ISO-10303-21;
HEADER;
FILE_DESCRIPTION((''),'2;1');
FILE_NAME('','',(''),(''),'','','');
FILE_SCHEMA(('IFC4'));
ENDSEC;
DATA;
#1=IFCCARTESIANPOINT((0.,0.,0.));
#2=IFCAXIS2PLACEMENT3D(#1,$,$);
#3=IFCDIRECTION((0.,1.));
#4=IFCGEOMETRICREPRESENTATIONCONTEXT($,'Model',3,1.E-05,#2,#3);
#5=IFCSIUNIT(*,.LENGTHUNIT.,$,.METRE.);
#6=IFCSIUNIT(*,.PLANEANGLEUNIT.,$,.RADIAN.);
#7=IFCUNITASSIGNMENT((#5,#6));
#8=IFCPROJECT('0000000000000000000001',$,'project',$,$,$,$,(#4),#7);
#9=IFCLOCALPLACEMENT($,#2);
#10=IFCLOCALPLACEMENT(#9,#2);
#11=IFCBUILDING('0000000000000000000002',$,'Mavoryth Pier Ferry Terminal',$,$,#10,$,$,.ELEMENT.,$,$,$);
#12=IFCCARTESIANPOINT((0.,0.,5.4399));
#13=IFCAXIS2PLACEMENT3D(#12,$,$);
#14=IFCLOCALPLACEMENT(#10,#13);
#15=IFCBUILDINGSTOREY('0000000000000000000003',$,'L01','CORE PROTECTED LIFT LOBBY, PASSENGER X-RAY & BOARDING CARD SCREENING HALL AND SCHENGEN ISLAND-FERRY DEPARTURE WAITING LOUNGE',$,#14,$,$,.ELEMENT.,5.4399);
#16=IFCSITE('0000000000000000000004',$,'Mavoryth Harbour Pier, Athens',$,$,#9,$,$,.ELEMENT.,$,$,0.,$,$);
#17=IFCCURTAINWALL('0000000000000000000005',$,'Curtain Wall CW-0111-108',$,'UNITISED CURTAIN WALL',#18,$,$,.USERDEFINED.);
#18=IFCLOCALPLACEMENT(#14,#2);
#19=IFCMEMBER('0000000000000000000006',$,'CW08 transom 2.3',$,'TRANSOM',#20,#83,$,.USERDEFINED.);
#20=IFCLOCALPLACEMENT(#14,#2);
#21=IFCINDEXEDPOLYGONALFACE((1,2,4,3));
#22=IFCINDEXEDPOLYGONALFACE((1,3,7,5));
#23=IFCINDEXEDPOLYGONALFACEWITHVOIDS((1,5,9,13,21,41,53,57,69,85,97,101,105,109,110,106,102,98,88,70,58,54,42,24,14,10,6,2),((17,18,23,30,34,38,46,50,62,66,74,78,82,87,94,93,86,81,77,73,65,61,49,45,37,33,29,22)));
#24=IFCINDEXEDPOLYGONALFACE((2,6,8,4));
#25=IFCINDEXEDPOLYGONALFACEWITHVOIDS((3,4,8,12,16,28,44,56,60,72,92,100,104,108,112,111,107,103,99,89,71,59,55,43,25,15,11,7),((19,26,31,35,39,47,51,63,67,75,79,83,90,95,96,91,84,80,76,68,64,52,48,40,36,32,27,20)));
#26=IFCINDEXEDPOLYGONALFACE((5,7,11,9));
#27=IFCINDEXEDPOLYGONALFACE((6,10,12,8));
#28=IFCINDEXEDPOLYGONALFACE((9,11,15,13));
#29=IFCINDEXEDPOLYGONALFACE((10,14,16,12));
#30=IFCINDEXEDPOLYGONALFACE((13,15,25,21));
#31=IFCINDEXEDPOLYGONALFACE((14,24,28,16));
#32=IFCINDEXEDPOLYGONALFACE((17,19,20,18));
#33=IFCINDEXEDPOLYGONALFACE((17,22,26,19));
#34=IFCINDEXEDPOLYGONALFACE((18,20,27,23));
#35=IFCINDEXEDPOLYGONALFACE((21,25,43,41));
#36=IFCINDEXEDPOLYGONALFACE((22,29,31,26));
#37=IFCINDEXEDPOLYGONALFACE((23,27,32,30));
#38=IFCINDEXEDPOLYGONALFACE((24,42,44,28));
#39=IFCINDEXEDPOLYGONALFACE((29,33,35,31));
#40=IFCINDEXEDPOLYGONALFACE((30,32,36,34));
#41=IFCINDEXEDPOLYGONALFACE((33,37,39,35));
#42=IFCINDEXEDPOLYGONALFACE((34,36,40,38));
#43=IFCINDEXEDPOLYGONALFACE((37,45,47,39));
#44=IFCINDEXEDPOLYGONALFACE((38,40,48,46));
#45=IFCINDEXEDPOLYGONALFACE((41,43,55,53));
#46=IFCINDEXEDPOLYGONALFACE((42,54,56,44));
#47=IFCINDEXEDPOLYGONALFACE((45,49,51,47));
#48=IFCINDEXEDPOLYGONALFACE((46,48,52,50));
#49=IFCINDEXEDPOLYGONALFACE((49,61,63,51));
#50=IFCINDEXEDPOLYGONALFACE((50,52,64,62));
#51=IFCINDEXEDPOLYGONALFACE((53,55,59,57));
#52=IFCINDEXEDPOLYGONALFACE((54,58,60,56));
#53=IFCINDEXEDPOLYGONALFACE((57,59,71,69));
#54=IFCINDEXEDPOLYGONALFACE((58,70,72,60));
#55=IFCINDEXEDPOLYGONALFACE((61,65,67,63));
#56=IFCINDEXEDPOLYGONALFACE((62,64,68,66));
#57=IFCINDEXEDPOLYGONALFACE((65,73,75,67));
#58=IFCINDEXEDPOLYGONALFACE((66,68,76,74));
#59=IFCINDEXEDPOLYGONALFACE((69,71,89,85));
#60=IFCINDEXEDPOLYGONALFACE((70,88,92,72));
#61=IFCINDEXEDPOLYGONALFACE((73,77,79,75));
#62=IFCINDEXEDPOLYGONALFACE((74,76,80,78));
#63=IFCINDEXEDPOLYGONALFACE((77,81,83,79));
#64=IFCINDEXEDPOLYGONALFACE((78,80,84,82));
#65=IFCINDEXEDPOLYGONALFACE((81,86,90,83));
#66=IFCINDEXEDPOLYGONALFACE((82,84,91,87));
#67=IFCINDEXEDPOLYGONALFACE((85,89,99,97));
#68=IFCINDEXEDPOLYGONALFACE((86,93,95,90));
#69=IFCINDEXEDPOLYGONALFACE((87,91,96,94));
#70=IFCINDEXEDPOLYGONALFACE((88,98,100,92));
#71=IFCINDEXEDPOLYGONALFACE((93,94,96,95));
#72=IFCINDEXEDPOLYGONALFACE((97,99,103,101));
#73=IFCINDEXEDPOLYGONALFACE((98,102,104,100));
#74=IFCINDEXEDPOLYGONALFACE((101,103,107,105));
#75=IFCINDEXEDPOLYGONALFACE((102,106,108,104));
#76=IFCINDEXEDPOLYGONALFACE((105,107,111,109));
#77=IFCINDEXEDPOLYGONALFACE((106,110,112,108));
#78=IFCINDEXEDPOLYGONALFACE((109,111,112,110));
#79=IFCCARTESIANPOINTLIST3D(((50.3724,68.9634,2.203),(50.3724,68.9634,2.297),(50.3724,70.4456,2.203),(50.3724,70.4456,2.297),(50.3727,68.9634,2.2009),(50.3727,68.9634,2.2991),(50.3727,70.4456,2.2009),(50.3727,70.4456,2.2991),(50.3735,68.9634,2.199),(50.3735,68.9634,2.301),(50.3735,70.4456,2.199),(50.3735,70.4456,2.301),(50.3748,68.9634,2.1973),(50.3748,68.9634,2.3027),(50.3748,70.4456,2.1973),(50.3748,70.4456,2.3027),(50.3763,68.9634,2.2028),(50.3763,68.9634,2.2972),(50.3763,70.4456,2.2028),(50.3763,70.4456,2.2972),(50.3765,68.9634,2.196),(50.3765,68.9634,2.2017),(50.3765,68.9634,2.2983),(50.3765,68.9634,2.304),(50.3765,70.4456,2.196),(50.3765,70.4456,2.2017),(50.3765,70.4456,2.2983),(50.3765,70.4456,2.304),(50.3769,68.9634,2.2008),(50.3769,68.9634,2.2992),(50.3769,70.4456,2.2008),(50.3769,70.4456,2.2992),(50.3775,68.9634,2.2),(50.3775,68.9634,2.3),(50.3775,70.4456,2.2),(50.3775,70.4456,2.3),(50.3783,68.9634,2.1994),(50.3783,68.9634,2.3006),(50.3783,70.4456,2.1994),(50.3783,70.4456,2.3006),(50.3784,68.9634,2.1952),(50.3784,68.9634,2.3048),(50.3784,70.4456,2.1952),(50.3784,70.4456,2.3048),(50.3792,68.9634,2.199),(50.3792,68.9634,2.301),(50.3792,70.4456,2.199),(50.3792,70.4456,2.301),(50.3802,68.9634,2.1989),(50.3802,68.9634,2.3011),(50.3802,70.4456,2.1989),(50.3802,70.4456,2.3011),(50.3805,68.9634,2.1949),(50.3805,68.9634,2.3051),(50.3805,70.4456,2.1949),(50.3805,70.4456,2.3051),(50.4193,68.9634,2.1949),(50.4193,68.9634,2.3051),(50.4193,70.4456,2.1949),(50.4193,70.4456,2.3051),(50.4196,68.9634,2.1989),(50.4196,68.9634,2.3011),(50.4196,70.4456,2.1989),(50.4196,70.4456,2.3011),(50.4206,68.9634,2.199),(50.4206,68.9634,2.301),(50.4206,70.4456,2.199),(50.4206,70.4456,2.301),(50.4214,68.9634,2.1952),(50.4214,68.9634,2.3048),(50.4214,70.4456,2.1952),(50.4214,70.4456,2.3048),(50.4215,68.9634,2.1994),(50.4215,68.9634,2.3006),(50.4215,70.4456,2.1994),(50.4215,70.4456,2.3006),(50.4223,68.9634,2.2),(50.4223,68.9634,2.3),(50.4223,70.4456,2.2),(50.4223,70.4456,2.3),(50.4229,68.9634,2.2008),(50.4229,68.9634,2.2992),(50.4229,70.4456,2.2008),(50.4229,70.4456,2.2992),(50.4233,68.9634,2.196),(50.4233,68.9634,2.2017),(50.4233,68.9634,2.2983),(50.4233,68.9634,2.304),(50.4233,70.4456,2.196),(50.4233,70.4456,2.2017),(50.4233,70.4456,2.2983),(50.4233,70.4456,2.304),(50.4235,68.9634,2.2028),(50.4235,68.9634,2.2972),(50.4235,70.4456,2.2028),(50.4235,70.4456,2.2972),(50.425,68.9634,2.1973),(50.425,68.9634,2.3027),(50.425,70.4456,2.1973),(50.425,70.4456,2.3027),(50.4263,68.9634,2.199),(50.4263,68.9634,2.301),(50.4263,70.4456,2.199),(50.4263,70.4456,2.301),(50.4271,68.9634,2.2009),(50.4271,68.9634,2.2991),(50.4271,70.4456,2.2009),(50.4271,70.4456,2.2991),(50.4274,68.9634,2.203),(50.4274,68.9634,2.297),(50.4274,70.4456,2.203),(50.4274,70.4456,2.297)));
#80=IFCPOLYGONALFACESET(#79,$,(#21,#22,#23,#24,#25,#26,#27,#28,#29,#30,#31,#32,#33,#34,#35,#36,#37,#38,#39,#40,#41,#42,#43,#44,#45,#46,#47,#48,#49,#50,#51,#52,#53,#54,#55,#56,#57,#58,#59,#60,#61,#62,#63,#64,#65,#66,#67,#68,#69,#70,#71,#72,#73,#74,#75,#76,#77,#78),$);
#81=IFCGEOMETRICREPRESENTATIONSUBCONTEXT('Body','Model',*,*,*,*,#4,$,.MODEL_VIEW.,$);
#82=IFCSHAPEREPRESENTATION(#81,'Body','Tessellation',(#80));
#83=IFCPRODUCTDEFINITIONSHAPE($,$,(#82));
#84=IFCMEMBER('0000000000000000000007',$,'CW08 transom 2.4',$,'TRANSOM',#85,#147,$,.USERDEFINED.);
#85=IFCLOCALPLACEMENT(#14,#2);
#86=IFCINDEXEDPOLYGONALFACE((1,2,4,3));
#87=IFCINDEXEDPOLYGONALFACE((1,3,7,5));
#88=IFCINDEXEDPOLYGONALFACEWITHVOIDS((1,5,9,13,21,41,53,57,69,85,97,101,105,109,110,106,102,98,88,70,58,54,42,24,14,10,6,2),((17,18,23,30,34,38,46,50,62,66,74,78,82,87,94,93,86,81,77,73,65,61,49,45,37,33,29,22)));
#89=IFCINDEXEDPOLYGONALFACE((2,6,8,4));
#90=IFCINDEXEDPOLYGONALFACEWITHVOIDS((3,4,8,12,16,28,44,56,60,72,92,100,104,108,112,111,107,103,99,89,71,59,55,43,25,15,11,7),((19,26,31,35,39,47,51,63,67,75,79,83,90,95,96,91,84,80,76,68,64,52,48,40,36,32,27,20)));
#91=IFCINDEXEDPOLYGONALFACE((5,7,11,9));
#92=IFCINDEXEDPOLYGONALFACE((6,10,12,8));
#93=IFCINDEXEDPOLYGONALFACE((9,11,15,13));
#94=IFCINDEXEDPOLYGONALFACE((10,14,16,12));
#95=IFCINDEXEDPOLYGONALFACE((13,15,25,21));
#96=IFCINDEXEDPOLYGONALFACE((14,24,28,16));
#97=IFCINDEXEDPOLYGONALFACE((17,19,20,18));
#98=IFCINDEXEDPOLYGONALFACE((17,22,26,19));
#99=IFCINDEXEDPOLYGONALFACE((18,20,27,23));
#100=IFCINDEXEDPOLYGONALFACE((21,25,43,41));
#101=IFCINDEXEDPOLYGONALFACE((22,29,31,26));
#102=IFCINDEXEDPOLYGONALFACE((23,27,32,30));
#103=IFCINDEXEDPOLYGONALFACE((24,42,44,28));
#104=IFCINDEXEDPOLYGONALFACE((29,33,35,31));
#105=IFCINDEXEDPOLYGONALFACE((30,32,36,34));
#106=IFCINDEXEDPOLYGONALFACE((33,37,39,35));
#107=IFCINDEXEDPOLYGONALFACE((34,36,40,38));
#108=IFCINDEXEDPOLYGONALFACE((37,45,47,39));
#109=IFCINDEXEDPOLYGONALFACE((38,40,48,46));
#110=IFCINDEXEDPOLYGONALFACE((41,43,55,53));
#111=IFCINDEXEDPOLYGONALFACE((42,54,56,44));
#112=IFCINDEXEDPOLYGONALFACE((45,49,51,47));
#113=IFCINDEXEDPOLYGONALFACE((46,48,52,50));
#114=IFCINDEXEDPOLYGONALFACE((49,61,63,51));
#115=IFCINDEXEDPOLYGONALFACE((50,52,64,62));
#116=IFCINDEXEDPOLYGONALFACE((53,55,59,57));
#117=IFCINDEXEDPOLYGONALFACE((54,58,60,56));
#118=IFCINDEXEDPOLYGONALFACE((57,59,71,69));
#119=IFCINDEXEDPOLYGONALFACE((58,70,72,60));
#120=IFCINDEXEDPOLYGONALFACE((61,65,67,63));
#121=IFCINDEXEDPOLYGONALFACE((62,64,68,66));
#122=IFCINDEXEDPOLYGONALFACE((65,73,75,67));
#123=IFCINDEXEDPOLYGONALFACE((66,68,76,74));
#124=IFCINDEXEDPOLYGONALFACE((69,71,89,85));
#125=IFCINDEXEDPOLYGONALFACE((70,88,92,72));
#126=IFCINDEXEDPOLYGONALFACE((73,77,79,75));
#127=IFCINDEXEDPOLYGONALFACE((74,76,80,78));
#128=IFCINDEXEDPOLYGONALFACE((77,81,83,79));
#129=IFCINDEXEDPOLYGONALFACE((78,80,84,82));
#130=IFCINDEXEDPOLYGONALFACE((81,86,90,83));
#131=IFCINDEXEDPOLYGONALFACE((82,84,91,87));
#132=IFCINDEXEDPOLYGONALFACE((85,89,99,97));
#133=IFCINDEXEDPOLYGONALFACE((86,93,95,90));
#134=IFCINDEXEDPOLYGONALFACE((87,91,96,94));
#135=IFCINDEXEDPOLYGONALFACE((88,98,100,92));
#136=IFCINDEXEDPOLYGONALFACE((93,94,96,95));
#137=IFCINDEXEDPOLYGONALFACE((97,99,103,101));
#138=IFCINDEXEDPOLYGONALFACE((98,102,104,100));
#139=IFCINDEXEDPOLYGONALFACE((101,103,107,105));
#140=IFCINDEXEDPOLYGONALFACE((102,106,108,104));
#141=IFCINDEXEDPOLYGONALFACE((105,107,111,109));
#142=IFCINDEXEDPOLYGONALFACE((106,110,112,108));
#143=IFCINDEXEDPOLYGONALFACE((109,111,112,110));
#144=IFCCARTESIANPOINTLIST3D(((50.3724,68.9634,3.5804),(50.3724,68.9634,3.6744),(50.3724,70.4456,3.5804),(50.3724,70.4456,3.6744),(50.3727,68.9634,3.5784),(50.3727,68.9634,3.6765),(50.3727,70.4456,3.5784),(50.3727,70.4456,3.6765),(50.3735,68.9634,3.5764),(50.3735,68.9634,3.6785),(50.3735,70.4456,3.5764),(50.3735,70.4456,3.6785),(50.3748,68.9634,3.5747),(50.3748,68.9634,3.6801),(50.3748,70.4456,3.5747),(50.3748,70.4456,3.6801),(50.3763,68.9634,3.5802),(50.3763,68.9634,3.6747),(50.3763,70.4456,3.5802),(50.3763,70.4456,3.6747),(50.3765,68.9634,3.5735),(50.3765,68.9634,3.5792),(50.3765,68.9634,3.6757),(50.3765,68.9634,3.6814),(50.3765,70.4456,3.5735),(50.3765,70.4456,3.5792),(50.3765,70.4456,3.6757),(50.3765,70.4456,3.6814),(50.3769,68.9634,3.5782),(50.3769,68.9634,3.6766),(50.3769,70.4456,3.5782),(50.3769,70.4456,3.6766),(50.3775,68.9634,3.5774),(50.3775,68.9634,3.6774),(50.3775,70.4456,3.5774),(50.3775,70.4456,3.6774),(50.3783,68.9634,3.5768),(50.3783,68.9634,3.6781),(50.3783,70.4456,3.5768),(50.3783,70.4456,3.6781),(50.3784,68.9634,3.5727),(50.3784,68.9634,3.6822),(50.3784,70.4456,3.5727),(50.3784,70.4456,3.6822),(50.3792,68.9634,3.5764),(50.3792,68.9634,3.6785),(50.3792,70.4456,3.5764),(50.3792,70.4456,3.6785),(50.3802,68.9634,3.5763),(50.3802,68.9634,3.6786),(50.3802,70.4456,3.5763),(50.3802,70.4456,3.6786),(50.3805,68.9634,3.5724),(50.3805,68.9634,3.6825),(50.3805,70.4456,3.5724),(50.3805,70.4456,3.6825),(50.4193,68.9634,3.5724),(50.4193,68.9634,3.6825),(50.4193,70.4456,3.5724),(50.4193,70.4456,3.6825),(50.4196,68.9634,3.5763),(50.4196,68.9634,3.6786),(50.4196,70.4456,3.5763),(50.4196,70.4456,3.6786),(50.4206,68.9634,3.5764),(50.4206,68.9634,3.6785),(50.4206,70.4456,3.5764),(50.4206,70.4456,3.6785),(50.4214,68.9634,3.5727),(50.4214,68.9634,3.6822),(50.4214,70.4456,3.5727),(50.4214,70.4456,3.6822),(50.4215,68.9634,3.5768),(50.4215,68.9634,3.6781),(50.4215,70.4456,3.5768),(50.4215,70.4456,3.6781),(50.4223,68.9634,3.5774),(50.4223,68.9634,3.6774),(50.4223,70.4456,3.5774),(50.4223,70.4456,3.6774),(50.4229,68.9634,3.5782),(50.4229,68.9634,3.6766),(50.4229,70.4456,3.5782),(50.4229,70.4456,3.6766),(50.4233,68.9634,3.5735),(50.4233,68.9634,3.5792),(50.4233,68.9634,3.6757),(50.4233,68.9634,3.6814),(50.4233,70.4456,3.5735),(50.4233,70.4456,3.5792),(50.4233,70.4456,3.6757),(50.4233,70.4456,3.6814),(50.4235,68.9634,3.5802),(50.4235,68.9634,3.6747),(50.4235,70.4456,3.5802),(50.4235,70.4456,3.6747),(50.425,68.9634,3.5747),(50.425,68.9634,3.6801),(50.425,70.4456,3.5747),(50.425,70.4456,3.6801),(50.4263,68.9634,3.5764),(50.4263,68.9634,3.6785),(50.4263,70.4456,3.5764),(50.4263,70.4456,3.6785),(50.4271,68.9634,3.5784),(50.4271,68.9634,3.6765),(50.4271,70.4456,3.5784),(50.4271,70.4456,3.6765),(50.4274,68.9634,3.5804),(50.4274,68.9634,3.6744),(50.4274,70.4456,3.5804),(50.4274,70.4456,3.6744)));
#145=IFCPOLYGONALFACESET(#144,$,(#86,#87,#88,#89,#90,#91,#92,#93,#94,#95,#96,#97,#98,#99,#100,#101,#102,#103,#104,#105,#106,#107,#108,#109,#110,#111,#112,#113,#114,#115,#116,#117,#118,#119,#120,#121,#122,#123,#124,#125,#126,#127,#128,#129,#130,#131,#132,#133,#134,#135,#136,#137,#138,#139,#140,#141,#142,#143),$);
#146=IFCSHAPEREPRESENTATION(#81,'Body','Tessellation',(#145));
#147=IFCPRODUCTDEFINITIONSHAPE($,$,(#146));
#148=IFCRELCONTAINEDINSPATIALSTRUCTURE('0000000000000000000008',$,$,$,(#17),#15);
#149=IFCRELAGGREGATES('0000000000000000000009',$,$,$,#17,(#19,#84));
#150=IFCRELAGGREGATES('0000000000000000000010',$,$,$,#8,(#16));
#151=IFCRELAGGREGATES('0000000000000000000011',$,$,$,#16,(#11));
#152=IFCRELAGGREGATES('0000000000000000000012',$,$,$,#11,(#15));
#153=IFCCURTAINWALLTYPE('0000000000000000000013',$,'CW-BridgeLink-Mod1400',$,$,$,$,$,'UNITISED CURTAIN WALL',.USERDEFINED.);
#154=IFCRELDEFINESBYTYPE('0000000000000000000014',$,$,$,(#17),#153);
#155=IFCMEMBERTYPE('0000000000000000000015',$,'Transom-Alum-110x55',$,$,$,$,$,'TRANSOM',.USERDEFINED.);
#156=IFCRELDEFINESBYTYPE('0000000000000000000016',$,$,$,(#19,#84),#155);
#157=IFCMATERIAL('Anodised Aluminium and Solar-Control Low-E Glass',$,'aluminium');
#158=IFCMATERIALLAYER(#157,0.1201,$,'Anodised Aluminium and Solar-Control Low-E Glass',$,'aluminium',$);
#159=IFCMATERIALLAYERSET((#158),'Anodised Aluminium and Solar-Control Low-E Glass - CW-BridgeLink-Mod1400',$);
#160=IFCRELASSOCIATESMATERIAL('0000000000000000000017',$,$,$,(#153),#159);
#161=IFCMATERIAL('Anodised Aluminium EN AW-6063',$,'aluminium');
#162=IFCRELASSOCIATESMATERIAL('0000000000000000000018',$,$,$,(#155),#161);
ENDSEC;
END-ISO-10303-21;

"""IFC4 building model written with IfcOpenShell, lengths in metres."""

from ifc_helpers import new_model, si_unit, direction, frame, origin, origin_2d, place, context, subcontext, project, spatial, hollow_rectangle, extrude, material, layer, layer_set, material_profile, profile_set, type_object, element, aggregate, save


model = new_model("IFC4")

# Units and contexts
model_context = context("Model", 3, precision=1e-05, world=origin(), true_north=direction((0.0, 1.0)))
body_context = subcontext(model_context, "Body", "Model", "MODEL_VIEW")
ifc_project = project(units=[si_unit("LENGTHUNIT", "METRE"), si_unit("PLANEANGLEUNIT", "RADIAN")], contexts=[model_context])

# Site, building, storey
site_placement = place(None, origin())
site = spatial("IfcSite", under=ifc_project, at=site_placement, Name="Mavoryth Harbour Pier, Athens", CompositionType="ELEMENT", RefElevation=0.0)
building_placement = place(site_placement, origin())
building = spatial("IfcBuilding", under=site, at=building_placement, Name="Mavoryth Pier Ferry Terminal", CompositionType="ELEMENT")
storey_placement = place(building_placement, frame((0.0, 0.0, 5.4399)))
storey = spatial("IfcBuildingStorey", under=building, at=storey_placement, Name="L01", Description="CORE PROTECTED LIFT LOBBY, PASSENGER X-RAY & BOARDING CARD SCREENING HALL AND SCHENGEN ISLAND-FERRY DEPARTURE WAITING LOUNGE", CompositionType="ELEMENT", Elevation=5.4399)

# Curtain wall
ifc_material_1 = material(Name="Anodised Aluminium and Solar-Control Low-E Glass", Category="aluminium")
ifc_layer_1 = layer(ifc_material_1, 0.1201, Name="Anodised Aluminium and Solar-Control Low-E Glass", Category="aluminium")
ifc_layer_set_1 = layer_set([ifc_layer_1], Name="Anodised Aluminium and Solar-Control Low-E Glass - CW-BridgeLink-Mod1400")
curtain_wall_type = type_object("IfcCurtainWallType", Name="CW-BridgeLink-Mod1400", ElementType="UNITISED CURTAIN WALL", PredefinedType="USERDEFINED", material=ifc_layer_set_1)
curtain_wall_1_placement = place(storey_placement, origin())
curtain_wall_1 = element("IfcCurtainWall", 1, at=curtain_wall_1_placement, inside=storey, type_object=curtain_wall_type, Name="Curtain Wall CW-0111-108", ObjectType="UNITISED CURTAIN WALL", PredefinedType="USERDEFINED")
ifc_material_2 = material(Name="Anodised Aluminium EN AW-6063", Category="aluminium")

# Members
ifc_material_profile_1 = material_profile(ifc_material_2, hollow_rectangle(XDim=0.0549, YDim=0.1101, WallThickness=0.0039, InnerFilletRadius=0.0039, OuterFilletRadius=0.0081, at=origin_2d()), Name="AL-TRAN 110x55x4", Category="aluminium")
ifc_profile_set_1 = profile_set([ifc_material_profile_1], Name="Anodised Aluminium EN AW-6063 - AL-TRAN 110x55x4")
member_type_1 = type_object("IfcMemberType", Name="Transom-Alum-110x55", ElementType="TRANSOM", PredefinedType="USERDEFINED", material=ifc_profile_set_1)
member_1_placement = place(storey_placement, frame((50.3999, 70.4456, 2.25), z_axis=(0.0, -1.0, 0.0), x_axis=(1.0, 0.0, 0.0)))
member_1 = element("IfcMember", 2, at=member_1_placement, type_object=member_type_1, Name="CW08 transom 2.3", ObjectType="TRANSOM", PredefinedType="USERDEFINED", context=body_context, shape_type="SweptSolid", body=[
    extrude(hollow_rectangle(XDim=0.0549, YDim=0.1101, WallThickness=0.0039, InnerFilletRadius=0.0039, OuterFilletRadius=0.0081, at=origin_2d()), origin(), (0.0, 0.0, 1.0), 1.4822),
])
member_2_placement = place(storey_placement, frame((50.3999, 70.4456, 3.6274), z_axis=(0.0, -1.0, 0.0), x_axis=(1.0, 0.0, 0.0)))
member_2 = element("IfcMember", 3, at=member_2_placement, type_object=member_type_1, Name="CW08 transom 2.4", ObjectType="TRANSOM", PredefinedType="USERDEFINED", context=body_context, shape_type="SweptSolid", body=[
    extrude(hollow_rectangle(XDim=0.0549, YDim=0.1101, WallThickness=0.0039, InnerFilletRadius=0.0039, OuterFilletRadius=0.0081, at=origin_2d()), origin(), (0.0, 0.0, 1.0), 1.4822),
])

aggregate(curtain_wall_1, [member_1, member_2])

save(model, "model.ifc")
